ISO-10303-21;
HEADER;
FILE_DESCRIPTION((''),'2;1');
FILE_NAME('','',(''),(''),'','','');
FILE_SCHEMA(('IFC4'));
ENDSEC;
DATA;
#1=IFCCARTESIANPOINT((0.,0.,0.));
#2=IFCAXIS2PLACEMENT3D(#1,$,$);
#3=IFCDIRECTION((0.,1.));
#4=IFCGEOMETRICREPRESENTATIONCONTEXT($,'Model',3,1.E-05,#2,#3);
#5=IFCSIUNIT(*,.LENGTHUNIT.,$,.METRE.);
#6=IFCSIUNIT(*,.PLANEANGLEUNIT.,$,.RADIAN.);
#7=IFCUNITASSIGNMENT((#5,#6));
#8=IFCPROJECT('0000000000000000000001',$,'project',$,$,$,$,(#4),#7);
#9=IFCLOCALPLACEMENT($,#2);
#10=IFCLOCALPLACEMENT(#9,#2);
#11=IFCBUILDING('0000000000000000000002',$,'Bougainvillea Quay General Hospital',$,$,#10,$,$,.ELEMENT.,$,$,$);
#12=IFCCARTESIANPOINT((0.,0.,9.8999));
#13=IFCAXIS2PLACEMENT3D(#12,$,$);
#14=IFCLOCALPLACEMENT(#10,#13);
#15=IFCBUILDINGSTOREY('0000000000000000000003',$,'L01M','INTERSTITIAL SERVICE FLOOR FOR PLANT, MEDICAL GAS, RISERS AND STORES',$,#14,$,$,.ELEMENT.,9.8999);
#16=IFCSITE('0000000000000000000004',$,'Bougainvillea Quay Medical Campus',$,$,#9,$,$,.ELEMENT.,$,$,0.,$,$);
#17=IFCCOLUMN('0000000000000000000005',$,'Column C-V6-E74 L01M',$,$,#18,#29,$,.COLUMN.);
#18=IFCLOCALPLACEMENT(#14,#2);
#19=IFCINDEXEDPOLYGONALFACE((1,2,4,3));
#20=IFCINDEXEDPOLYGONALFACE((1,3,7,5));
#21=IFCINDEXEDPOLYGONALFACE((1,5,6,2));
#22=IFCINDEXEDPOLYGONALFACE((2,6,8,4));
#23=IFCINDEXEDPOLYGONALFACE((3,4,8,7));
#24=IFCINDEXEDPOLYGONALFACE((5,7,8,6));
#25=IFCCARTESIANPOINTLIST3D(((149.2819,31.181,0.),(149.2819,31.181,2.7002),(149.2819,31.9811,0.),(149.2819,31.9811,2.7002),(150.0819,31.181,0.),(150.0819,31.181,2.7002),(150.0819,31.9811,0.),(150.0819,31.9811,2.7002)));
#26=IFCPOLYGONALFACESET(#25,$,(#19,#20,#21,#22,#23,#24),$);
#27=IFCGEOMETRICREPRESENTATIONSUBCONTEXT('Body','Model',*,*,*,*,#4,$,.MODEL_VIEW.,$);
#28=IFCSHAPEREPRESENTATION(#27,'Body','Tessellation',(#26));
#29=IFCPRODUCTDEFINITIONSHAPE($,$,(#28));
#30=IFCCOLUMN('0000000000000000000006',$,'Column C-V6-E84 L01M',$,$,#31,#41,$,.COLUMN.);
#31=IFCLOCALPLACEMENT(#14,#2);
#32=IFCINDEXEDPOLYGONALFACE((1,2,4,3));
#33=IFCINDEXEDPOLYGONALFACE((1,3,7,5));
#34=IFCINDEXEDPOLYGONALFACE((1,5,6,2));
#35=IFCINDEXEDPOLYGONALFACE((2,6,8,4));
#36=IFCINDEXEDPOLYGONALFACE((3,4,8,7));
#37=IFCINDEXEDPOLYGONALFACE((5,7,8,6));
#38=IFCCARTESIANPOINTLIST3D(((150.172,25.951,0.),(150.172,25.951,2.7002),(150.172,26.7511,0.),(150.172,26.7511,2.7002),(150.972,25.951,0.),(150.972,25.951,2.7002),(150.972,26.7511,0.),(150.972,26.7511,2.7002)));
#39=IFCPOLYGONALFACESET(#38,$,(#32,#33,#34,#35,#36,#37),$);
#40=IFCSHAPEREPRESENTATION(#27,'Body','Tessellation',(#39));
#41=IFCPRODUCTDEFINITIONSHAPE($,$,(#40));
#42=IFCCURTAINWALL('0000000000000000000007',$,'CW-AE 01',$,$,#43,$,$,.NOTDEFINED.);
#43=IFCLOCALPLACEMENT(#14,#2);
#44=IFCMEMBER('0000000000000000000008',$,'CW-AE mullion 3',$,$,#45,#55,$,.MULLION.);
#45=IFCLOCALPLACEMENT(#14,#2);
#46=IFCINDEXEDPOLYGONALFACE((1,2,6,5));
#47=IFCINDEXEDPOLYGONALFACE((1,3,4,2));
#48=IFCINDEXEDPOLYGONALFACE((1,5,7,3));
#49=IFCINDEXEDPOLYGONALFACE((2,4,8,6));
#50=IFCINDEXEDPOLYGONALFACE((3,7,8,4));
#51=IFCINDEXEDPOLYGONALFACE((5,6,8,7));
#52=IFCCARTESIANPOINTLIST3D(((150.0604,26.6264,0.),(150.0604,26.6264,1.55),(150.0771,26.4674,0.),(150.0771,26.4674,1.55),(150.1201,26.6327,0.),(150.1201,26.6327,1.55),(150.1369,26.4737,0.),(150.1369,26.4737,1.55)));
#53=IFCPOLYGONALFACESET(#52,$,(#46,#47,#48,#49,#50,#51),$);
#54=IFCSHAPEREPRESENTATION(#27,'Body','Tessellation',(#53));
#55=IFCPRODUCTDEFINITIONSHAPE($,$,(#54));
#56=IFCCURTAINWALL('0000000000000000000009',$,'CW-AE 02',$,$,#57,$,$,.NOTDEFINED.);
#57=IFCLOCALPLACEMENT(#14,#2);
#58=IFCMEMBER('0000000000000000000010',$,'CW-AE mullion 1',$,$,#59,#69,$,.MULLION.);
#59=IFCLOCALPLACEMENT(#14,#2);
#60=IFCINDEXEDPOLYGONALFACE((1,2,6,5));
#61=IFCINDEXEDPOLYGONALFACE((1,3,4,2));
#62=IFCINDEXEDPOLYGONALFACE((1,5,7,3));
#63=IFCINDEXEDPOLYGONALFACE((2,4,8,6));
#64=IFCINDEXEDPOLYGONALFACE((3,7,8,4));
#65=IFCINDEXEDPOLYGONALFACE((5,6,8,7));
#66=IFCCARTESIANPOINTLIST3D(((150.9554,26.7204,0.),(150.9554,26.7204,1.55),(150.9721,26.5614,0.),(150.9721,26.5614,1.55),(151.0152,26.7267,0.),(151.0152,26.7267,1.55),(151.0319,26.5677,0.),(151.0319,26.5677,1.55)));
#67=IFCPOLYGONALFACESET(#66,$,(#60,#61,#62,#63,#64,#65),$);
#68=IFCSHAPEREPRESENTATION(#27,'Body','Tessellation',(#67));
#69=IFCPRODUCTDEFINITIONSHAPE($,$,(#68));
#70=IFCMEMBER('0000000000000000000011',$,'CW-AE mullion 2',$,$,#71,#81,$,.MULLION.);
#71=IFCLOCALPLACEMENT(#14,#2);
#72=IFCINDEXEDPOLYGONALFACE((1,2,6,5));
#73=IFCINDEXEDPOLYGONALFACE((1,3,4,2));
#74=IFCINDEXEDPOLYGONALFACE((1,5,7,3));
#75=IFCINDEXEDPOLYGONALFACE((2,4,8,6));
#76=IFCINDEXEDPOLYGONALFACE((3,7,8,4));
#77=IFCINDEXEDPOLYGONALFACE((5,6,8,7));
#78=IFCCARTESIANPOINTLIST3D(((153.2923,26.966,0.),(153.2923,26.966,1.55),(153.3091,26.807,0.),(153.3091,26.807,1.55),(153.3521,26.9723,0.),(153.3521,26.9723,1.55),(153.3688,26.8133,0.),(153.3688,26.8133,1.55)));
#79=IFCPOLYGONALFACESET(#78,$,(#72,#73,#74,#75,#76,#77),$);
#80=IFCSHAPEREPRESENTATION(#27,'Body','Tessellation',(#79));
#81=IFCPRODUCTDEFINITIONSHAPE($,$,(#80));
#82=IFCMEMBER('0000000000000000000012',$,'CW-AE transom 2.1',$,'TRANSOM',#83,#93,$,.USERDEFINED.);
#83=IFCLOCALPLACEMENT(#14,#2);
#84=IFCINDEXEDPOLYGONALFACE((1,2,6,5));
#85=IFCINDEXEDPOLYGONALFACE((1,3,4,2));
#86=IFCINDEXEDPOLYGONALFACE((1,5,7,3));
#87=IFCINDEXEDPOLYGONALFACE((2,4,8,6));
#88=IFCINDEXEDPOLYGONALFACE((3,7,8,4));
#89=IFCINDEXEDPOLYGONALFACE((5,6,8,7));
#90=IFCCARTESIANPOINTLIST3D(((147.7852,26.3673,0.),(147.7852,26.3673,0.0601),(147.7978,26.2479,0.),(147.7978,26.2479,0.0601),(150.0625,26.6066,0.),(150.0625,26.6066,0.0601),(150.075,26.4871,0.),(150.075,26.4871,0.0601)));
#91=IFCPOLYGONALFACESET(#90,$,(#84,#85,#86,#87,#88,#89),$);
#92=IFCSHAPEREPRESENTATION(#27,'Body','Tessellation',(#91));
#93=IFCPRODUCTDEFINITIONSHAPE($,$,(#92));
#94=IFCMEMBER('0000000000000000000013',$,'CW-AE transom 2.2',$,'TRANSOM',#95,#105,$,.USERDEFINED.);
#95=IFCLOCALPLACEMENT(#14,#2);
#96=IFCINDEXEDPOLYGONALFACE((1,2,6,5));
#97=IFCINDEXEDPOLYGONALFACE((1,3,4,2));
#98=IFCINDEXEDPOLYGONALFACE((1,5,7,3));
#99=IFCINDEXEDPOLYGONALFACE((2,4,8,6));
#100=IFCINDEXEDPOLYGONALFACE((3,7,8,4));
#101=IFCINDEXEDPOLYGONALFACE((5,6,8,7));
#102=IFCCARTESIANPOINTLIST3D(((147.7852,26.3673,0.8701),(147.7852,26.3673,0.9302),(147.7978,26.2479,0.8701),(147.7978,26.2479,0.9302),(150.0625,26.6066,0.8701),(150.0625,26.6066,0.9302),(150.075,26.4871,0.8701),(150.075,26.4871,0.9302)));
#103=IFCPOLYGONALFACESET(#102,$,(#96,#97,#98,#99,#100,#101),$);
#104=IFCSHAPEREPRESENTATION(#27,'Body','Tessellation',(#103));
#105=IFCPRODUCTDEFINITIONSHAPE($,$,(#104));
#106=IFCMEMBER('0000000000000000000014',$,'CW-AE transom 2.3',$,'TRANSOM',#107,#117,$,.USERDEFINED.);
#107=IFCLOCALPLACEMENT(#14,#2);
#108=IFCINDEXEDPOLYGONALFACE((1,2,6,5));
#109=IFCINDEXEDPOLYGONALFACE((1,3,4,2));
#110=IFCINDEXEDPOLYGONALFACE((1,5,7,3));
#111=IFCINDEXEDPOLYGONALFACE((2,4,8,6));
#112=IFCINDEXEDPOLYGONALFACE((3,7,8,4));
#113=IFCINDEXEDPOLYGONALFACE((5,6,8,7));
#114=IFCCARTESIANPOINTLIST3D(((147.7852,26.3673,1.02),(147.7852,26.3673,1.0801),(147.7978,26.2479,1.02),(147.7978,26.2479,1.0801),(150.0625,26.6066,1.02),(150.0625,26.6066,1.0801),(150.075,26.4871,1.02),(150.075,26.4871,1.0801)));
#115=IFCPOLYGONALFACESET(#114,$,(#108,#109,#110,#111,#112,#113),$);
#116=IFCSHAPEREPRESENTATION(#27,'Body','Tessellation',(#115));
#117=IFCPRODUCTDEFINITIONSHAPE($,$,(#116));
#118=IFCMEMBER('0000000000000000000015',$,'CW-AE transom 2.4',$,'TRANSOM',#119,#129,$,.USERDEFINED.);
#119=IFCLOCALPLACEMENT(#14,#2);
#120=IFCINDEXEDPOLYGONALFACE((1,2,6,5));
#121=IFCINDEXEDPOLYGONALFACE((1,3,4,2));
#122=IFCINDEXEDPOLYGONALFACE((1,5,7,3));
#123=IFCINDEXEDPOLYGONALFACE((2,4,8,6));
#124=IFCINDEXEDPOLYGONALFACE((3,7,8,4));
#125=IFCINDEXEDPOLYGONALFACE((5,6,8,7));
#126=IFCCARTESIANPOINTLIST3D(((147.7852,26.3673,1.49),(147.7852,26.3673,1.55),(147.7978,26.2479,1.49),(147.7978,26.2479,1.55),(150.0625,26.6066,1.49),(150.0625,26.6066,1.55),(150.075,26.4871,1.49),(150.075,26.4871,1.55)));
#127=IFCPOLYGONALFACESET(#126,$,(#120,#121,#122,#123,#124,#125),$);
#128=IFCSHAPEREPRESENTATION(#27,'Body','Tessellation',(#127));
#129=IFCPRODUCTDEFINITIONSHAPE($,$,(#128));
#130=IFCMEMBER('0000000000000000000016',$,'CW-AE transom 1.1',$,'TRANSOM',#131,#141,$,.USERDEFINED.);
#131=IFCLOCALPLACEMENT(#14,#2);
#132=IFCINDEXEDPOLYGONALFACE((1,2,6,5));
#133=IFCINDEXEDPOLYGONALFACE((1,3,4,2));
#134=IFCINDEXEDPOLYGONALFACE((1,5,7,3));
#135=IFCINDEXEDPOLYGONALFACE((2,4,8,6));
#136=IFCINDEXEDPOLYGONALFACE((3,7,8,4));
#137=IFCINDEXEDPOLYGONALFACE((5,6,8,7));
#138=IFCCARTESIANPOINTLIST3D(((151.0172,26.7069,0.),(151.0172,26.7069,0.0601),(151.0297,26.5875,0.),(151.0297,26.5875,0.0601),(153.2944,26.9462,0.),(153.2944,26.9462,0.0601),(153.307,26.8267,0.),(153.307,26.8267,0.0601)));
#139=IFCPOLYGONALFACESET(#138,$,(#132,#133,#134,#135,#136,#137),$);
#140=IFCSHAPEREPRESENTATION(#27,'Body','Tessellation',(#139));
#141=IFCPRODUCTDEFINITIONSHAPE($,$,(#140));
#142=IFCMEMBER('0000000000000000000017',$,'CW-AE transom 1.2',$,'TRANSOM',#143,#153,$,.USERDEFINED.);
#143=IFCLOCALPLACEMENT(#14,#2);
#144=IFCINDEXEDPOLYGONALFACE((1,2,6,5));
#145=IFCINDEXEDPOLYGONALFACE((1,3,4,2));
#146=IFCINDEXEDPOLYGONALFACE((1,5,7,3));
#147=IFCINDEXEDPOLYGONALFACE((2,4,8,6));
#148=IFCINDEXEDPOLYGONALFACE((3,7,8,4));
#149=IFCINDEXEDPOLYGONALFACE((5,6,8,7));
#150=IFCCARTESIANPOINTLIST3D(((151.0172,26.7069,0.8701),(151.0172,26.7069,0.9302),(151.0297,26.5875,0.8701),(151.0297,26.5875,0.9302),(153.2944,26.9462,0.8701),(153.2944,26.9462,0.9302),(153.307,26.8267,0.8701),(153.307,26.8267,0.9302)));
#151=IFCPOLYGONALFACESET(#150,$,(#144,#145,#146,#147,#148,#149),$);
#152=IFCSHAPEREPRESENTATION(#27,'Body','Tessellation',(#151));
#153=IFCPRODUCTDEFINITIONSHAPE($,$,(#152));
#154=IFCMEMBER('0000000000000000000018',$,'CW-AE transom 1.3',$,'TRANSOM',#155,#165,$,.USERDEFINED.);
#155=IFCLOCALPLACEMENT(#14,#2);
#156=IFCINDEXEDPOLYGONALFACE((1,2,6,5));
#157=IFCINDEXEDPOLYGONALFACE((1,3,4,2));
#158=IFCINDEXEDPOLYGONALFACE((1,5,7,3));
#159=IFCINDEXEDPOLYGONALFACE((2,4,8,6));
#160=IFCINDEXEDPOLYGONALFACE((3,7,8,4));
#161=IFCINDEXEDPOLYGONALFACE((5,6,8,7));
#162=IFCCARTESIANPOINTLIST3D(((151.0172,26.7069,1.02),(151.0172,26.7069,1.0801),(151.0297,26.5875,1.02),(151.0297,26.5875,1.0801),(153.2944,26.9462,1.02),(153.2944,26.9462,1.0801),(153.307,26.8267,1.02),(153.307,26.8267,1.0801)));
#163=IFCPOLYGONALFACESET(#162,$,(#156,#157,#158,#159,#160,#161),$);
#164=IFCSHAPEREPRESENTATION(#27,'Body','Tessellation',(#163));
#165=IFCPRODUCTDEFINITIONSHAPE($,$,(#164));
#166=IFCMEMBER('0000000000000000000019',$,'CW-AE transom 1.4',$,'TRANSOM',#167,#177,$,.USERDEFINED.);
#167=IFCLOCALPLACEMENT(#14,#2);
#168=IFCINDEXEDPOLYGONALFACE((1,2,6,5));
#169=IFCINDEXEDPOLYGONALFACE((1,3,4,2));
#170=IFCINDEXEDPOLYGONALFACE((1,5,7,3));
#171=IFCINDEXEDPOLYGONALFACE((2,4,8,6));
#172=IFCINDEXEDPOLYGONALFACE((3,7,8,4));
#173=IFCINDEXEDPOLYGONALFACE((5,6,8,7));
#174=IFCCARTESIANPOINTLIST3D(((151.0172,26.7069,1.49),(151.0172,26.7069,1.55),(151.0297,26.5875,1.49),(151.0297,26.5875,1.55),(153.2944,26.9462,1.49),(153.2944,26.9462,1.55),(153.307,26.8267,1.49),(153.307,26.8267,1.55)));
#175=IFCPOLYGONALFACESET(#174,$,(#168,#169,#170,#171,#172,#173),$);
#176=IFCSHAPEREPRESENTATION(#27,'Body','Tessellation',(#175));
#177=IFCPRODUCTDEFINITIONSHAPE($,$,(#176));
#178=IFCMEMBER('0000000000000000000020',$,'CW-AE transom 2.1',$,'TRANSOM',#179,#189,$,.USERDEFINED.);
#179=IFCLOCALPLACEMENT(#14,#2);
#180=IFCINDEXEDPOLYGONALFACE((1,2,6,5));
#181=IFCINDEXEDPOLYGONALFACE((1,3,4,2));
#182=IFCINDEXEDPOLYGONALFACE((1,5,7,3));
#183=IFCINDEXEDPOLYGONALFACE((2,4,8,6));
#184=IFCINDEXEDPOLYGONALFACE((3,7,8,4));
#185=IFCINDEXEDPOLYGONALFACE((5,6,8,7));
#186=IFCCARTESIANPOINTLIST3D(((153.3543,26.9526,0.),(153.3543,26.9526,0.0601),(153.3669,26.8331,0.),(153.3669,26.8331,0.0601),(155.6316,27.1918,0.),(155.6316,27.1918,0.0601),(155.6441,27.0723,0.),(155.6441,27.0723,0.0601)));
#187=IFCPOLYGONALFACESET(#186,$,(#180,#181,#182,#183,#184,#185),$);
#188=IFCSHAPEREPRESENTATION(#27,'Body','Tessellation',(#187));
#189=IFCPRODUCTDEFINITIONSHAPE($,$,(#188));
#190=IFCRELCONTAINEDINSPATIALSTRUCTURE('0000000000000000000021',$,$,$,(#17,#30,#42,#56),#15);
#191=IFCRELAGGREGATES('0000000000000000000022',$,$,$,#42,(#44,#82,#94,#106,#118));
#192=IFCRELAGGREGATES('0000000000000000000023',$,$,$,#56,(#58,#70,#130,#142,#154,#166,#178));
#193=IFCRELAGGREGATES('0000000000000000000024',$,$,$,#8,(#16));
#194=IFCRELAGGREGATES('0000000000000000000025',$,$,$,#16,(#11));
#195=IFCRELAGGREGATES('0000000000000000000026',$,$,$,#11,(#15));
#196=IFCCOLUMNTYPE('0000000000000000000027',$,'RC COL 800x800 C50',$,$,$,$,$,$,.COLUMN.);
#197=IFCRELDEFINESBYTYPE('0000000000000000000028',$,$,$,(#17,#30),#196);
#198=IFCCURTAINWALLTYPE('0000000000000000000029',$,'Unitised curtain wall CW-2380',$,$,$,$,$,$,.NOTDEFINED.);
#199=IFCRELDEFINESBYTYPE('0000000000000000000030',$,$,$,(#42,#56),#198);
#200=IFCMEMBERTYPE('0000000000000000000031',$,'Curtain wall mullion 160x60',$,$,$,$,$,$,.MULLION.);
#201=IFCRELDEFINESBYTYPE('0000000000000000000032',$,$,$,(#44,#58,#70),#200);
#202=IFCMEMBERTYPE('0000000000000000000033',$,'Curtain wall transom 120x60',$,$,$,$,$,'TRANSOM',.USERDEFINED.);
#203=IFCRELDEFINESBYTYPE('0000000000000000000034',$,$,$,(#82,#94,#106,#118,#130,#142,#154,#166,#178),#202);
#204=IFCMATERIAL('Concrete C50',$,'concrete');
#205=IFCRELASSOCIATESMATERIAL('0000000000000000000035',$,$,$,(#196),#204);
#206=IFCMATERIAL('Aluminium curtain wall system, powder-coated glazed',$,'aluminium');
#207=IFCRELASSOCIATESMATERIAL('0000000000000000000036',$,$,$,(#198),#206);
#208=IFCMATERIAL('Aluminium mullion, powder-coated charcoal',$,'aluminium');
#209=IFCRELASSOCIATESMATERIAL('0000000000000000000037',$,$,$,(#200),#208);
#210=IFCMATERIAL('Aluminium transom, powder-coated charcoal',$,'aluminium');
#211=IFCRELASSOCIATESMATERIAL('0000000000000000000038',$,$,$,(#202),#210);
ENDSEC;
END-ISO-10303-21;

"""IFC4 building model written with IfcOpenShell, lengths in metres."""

from ifc_helpers import new_model, si_unit, direction, frame, origin, origin_2d, place, context, subcontext, project, spatial, rectangle, extrude, material, material_profile, profile_set, type_object, element, aggregate, save


model = new_model("IFC4")

# Units and contexts
model_context = context("Model", 3, precision=1e-05, world=origin(), true_north=direction((0.0, 1.0)))
body_context = subcontext(model_context, "Body", "Model", "MODEL_VIEW")
ifc_project = project(units=[si_unit("LENGTHUNIT", "METRE"), si_unit("PLANEANGLEUNIT", "RADIAN")], contexts=[model_context])

# Site, building, storey
site_placement = place(None, origin())
site = spatial("IfcSite", under=ifc_project, at=site_placement, Name="Bougainvillea Quay Medical Campus", CompositionType="ELEMENT", RefElevation=0.0)
building_placement = place(site_placement, origin())
building = spatial("IfcBuilding", under=site, at=building_placement, Name="Bougainvillea Quay General Hospital", CompositionType="ELEMENT")
storey_placement = place(building_placement, frame((0.0, 0.0, 9.8999)))
storey = spatial("IfcBuildingStorey", under=building, at=storey_placement, Name="L01M", Description="INTERSTITIAL SERVICE FLOOR FOR PLANT, MEDICAL GAS, RISERS AND STORES", CompositionType="ELEMENT", Elevation=9.8999)

# Columns
ifc_material_1 = material(Name="Concrete C50", Category="concrete")
ifc_material_profile_1 = material_profile(ifc_material_1, rectangle(XDim=0.8, YDim=0.8, at=origin_2d()))
ifc_profile_set_1 = profile_set([ifc_material_profile_1], Name="Concrete C50")
column_type = type_object("IfcColumnType", Name="RC COL 800x800 C50", PredefinedType="COLUMN", material=ifc_profile_set_1)
for number, where, z_axis, x_axis, name in (
    (1, (149.6819, 31.5811, 0.0), (0.0, 0.0, 1.0), (1.0, 0.0, 0.0), "Column C-V6-E74 L01M"),
    (2, (150.572, 26.3511, 0.0), (0.0, 0.0, 1.0), (1.0, 0.0, 0.0), "Column C-V6-E84 L01M"),
):
    element("IfcColumn", number, at=place(storey_placement, frame(where, z_axis=z_axis, x_axis=x_axis)), inside=storey, type_object=column_type, Name=name, PredefinedType="COLUMN", context=body_context, shape_type="SweptSolid", body=[
        extrude(rectangle(XDim=0.8, YDim=0.8, at=origin_2d()), origin(), (0.0, 0.0, 1.0), 2.7002),
    ])

# Curtain wall, member
ifc_material_2 = material(Name="Aluminium curtain wall system, powder-coated glazed", Category="aluminium")
curtain_wall_type = type_object("IfcCurtainWallType", Name="Unitised curtain wall CW-2380", PredefinedType="NOTDEFINED", material=ifc_material_2)
curtain_wall_1_placement = place(storey_placement, origin())
curtain_wall_1 = element("IfcCurtainWall", 3, at=curtain_wall_1_placement, inside=storey, type_object=curtain_wall_type, Name="CW-AE 01", PredefinedType="NOTDEFINED")
ifc_material_3 = material(Name="Aluminium mullion, powder-coated charcoal", Category="aluminium")
ifc_material_profile_2 = material_profile(ifc_material_3, rectangle(XDim=0.1599, YDim=0.0601, at=origin_2d()))
ifc_profile_set_2 = profile_set([ifc_material_profile_2], Name="Aluminium mullion, powder-coated charcoal")
member_type_1 = type_object("IfcMemberType", Name="Curtain wall mullion 160x60", PredefinedType="MULLION", material=ifc_profile_set_2)
member_1_placement = place(storey_placement, frame((150.0986, 26.55, 0.0), z_axis=(0.0, 0.0, 1.0), x_axis=(-0.104527, 0.994522, 0.0)))
member_1 = element("IfcMember", 4, at=member_1_placement, type_object=member_type_1, Name="CW-AE mullion 3", PredefinedType="MULLION", context=body_context, shape_type="SweptSolid", body=[
    extrude(rectangle(XDim=0.1599, YDim=0.0601, at=origin_2d()), origin(), (0.0, 0.0, 1.0), 1.55),
])

# Curtain wall, members
curtain_wall_2_placement = place(storey_placement, origin())
curtain_wall_2 = element("IfcCurtainWall", 5, at=curtain_wall_2_placement, inside=storey, type_object=curtain_wall_type, Name="CW-AE 02", PredefinedType="NOTDEFINED")
member_2_placement = place(storey_placement, frame((150.9937, 26.644, 0.0), z_axis=(0.0, 0.0, 1.0), x_axis=(-0.104527, 0.994522, 0.0)))
member_2 = element("IfcMember", 6, at=member_2_placement, type_object=member_type_1, Name="CW-AE mullion 1", PredefinedType="MULLION", context=body_context, shape_type="SweptSolid", body=[
    extrude(rectangle(XDim=0.1599, YDim=0.0601, at=origin_2d()), origin(), (0.0, 0.0, 1.0), 1.55),
])
member_3_placement = place(storey_placement, frame((153.3306, 26.8896, 0.0), z_axis=(0.0, 0.0, 1.0), x_axis=(-0.104527, 0.994522, 0.0)))
member_3 = element("IfcMember", 7, at=member_3_placement, type_object=member_type_1, Name="CW-AE mullion 2", PredefinedType="MULLION", context=body_context, shape_type="SweptSolid", body=[
    extrude(rectangle(XDim=0.1599, YDim=0.0601, at=origin_2d()), origin(), (0.0, 0.0, 1.0), 1.55),
])

# Members
ifc_material_4 = material(Name="Aluminium transom, powder-coated charcoal", Category="aluminium")
ifc_material_profile_3 = material_profile(ifc_material_4, rectangle(XDim=0.1201, YDim=0.0601, at=origin_2d()))
ifc_profile_set_3 = profile_set([ifc_material_profile_3], Name="Aluminium transom, powder-coated charcoal")
member_type_2 = type_object("IfcMemberType", Name="Curtain wall transom 120x60", ElementType="TRANSOM", PredefinedType="USERDEFINED", material=ifc_profile_set_3)
member_4_placement = place(storey_placement, frame((147.7915, 26.3076, 0.03), z_axis=(0.994526, 0.104485, 0.0), x_axis=(-0.104485, 0.994526, 0.0)))
member_4 = element("IfcMember", 8, at=member_4_placement, type_object=member_type_2, Name="CW-AE transom 2.1", ObjectType="TRANSOM", PredefinedType="USERDEFINED", context=body_context, shape_type="SweptSolid", body=[
    extrude(rectangle(XDim=0.1201, YDim=0.0601, at=origin_2d()), origin(), (0.0, 0.0, 1.0), 2.2898),
])
member_5_placement = place(storey_placement, frame((147.7915, 26.3076, 0.9001), z_axis=(0.994526, 0.104485, 0.0), x_axis=(-0.104485, 0.994526, 0.0)))
member_5 = element("IfcMember", 9, at=member_5_placement, type_object=member_type_2, Name="CW-AE transom 2.2", ObjectType="TRANSOM", PredefinedType="USERDEFINED", context=body_context, shape_type="SweptSolid", body=[
    extrude(rectangle(XDim=0.1201, YDim=0.0601, at=origin_2d()), origin(), (0.0, 0.0, 1.0), 2.2898),
])
member_6_placement = place(storey_placement, frame((147.7915, 26.3076, 1.05), z_axis=(0.994526, 0.104485, 0.0), x_axis=(-0.104485, 0.994526, 0.0)))
member_6 = element("IfcMember", 10, at=member_6_placement, type_object=member_type_2, Name="CW-AE transom 2.3", ObjectType="TRANSOM", PredefinedType="USERDEFINED", context=body_context, shape_type="SweptSolid", body=[
    extrude(rectangle(XDim=0.1201, YDim=0.0601, at=origin_2d()), origin(), (0.0, 0.0, 1.0), 2.2898),
])
member_7_placement = place(storey_placement, frame((147.7915, 26.3076, 1.52), z_axis=(0.994526, 0.104485, 0.0), x_axis=(-0.104485, 0.994526, 0.0)))
member_7 = element("IfcMember", 11, at=member_7_placement, type_object=member_type_2, Name="CW-AE transom 2.4", ObjectType="TRANSOM", PredefinedType="USERDEFINED", context=body_context, shape_type="SweptSolid", body=[
    extrude(rectangle(XDim=0.1201, YDim=0.0601, at=origin_2d()), origin(), (0.0, 0.0, 1.0), 2.2898),
])
member_8_placement = place(storey_placement, frame((151.0234, 26.6472, 0.03), z_axis=(0.994526, 0.104485, 0.0), x_axis=(-0.104485, 0.994526, 0.0)))
member_8 = element("IfcMember", 12, at=member_8_placement, type_object=member_type_2, Name="CW-AE transom 1.1", ObjectType="TRANSOM", PredefinedType="USERDEFINED", context=body_context, shape_type="SweptSolid", body=[
    extrude(rectangle(XDim=0.1201, YDim=0.0601, at=origin_2d()), origin(), (0.0, 0.0, 1.0), 2.2898),
])
member_9_placement = place(storey_placement, frame((151.0234, 26.6472, 0.9001), z_axis=(0.994526, 0.104485, 0.0), x_axis=(-0.104485, 0.994526, 0.0)))
member_9 = element("IfcMember", 13, at=member_9_placement, type_object=member_type_2, Name="CW-AE transom 1.2", ObjectType="TRANSOM", PredefinedType="USERDEFINED", context=body_context, shape_type="SweptSolid", body=[
    extrude(rectangle(XDim=0.1201, YDim=0.0601, at=origin_2d()), origin(), (0.0, 0.0, 1.0), 2.2898),
])
member_10_placement = place(storey_placement, frame((151.0234, 26.6472, 1.05), z_axis=(0.994526, 0.104485, 0.0), x_axis=(-0.104485, 0.994526, 0.0)))
member_10 = element("IfcMember", 14, at=member_10_placement, type_object=member_type_2, Name="CW-AE transom 1.3", ObjectType="TRANSOM", PredefinedType="USERDEFINED", context=body_context, shape_type="SweptSolid", body=[
    extrude(rectangle(XDim=0.1201, YDim=0.0601, at=origin_2d()), origin(), (0.0, 0.0, 1.0), 2.2898),
])
member_11_placement = place(storey_placement, frame((151.0234, 26.6472, 1.52), z_axis=(0.994526, 0.104485, 0.0), x_axis=(-0.104485, 0.994526, 0.0)))
member_11 = element("IfcMember", 15, at=member_11_placement, type_object=member_type_2, Name="CW-AE transom 1.4", ObjectType="TRANSOM", PredefinedType="USERDEFINED", context=body_context, shape_type="SweptSolid", body=[
    extrude(rectangle(XDim=0.1201, YDim=0.0601, at=origin_2d()), origin(), (0.0, 0.0, 1.0), 2.2898),
])
member_12_placement = place(storey_placement, frame((153.3606, 26.8928, 0.03), z_axis=(0.994526, 0.104485, 0.0), x_axis=(-0.104485, 0.994526, 0.0)))
member_12 = element("IfcMember", 16, at=member_12_placement, type_object=member_type_2, Name="CW-AE transom 2.1", ObjectType="TRANSOM", PredefinedType="USERDEFINED", context=body_context, shape_type="SweptSolid", body=[
    extrude(rectangle(XDim=0.1201, YDim=0.0601, at=origin_2d()), origin(), (0.0, 0.0, 1.0), 2.2898),
])

aggregate(curtain_wall_1, [member_1, member_4, member_5, member_6, member_7])
aggregate(curtain_wall_2, [member_2, member_3, member_8, member_9, member_10, member_11, member_12])

save(model, "model.ifc")
